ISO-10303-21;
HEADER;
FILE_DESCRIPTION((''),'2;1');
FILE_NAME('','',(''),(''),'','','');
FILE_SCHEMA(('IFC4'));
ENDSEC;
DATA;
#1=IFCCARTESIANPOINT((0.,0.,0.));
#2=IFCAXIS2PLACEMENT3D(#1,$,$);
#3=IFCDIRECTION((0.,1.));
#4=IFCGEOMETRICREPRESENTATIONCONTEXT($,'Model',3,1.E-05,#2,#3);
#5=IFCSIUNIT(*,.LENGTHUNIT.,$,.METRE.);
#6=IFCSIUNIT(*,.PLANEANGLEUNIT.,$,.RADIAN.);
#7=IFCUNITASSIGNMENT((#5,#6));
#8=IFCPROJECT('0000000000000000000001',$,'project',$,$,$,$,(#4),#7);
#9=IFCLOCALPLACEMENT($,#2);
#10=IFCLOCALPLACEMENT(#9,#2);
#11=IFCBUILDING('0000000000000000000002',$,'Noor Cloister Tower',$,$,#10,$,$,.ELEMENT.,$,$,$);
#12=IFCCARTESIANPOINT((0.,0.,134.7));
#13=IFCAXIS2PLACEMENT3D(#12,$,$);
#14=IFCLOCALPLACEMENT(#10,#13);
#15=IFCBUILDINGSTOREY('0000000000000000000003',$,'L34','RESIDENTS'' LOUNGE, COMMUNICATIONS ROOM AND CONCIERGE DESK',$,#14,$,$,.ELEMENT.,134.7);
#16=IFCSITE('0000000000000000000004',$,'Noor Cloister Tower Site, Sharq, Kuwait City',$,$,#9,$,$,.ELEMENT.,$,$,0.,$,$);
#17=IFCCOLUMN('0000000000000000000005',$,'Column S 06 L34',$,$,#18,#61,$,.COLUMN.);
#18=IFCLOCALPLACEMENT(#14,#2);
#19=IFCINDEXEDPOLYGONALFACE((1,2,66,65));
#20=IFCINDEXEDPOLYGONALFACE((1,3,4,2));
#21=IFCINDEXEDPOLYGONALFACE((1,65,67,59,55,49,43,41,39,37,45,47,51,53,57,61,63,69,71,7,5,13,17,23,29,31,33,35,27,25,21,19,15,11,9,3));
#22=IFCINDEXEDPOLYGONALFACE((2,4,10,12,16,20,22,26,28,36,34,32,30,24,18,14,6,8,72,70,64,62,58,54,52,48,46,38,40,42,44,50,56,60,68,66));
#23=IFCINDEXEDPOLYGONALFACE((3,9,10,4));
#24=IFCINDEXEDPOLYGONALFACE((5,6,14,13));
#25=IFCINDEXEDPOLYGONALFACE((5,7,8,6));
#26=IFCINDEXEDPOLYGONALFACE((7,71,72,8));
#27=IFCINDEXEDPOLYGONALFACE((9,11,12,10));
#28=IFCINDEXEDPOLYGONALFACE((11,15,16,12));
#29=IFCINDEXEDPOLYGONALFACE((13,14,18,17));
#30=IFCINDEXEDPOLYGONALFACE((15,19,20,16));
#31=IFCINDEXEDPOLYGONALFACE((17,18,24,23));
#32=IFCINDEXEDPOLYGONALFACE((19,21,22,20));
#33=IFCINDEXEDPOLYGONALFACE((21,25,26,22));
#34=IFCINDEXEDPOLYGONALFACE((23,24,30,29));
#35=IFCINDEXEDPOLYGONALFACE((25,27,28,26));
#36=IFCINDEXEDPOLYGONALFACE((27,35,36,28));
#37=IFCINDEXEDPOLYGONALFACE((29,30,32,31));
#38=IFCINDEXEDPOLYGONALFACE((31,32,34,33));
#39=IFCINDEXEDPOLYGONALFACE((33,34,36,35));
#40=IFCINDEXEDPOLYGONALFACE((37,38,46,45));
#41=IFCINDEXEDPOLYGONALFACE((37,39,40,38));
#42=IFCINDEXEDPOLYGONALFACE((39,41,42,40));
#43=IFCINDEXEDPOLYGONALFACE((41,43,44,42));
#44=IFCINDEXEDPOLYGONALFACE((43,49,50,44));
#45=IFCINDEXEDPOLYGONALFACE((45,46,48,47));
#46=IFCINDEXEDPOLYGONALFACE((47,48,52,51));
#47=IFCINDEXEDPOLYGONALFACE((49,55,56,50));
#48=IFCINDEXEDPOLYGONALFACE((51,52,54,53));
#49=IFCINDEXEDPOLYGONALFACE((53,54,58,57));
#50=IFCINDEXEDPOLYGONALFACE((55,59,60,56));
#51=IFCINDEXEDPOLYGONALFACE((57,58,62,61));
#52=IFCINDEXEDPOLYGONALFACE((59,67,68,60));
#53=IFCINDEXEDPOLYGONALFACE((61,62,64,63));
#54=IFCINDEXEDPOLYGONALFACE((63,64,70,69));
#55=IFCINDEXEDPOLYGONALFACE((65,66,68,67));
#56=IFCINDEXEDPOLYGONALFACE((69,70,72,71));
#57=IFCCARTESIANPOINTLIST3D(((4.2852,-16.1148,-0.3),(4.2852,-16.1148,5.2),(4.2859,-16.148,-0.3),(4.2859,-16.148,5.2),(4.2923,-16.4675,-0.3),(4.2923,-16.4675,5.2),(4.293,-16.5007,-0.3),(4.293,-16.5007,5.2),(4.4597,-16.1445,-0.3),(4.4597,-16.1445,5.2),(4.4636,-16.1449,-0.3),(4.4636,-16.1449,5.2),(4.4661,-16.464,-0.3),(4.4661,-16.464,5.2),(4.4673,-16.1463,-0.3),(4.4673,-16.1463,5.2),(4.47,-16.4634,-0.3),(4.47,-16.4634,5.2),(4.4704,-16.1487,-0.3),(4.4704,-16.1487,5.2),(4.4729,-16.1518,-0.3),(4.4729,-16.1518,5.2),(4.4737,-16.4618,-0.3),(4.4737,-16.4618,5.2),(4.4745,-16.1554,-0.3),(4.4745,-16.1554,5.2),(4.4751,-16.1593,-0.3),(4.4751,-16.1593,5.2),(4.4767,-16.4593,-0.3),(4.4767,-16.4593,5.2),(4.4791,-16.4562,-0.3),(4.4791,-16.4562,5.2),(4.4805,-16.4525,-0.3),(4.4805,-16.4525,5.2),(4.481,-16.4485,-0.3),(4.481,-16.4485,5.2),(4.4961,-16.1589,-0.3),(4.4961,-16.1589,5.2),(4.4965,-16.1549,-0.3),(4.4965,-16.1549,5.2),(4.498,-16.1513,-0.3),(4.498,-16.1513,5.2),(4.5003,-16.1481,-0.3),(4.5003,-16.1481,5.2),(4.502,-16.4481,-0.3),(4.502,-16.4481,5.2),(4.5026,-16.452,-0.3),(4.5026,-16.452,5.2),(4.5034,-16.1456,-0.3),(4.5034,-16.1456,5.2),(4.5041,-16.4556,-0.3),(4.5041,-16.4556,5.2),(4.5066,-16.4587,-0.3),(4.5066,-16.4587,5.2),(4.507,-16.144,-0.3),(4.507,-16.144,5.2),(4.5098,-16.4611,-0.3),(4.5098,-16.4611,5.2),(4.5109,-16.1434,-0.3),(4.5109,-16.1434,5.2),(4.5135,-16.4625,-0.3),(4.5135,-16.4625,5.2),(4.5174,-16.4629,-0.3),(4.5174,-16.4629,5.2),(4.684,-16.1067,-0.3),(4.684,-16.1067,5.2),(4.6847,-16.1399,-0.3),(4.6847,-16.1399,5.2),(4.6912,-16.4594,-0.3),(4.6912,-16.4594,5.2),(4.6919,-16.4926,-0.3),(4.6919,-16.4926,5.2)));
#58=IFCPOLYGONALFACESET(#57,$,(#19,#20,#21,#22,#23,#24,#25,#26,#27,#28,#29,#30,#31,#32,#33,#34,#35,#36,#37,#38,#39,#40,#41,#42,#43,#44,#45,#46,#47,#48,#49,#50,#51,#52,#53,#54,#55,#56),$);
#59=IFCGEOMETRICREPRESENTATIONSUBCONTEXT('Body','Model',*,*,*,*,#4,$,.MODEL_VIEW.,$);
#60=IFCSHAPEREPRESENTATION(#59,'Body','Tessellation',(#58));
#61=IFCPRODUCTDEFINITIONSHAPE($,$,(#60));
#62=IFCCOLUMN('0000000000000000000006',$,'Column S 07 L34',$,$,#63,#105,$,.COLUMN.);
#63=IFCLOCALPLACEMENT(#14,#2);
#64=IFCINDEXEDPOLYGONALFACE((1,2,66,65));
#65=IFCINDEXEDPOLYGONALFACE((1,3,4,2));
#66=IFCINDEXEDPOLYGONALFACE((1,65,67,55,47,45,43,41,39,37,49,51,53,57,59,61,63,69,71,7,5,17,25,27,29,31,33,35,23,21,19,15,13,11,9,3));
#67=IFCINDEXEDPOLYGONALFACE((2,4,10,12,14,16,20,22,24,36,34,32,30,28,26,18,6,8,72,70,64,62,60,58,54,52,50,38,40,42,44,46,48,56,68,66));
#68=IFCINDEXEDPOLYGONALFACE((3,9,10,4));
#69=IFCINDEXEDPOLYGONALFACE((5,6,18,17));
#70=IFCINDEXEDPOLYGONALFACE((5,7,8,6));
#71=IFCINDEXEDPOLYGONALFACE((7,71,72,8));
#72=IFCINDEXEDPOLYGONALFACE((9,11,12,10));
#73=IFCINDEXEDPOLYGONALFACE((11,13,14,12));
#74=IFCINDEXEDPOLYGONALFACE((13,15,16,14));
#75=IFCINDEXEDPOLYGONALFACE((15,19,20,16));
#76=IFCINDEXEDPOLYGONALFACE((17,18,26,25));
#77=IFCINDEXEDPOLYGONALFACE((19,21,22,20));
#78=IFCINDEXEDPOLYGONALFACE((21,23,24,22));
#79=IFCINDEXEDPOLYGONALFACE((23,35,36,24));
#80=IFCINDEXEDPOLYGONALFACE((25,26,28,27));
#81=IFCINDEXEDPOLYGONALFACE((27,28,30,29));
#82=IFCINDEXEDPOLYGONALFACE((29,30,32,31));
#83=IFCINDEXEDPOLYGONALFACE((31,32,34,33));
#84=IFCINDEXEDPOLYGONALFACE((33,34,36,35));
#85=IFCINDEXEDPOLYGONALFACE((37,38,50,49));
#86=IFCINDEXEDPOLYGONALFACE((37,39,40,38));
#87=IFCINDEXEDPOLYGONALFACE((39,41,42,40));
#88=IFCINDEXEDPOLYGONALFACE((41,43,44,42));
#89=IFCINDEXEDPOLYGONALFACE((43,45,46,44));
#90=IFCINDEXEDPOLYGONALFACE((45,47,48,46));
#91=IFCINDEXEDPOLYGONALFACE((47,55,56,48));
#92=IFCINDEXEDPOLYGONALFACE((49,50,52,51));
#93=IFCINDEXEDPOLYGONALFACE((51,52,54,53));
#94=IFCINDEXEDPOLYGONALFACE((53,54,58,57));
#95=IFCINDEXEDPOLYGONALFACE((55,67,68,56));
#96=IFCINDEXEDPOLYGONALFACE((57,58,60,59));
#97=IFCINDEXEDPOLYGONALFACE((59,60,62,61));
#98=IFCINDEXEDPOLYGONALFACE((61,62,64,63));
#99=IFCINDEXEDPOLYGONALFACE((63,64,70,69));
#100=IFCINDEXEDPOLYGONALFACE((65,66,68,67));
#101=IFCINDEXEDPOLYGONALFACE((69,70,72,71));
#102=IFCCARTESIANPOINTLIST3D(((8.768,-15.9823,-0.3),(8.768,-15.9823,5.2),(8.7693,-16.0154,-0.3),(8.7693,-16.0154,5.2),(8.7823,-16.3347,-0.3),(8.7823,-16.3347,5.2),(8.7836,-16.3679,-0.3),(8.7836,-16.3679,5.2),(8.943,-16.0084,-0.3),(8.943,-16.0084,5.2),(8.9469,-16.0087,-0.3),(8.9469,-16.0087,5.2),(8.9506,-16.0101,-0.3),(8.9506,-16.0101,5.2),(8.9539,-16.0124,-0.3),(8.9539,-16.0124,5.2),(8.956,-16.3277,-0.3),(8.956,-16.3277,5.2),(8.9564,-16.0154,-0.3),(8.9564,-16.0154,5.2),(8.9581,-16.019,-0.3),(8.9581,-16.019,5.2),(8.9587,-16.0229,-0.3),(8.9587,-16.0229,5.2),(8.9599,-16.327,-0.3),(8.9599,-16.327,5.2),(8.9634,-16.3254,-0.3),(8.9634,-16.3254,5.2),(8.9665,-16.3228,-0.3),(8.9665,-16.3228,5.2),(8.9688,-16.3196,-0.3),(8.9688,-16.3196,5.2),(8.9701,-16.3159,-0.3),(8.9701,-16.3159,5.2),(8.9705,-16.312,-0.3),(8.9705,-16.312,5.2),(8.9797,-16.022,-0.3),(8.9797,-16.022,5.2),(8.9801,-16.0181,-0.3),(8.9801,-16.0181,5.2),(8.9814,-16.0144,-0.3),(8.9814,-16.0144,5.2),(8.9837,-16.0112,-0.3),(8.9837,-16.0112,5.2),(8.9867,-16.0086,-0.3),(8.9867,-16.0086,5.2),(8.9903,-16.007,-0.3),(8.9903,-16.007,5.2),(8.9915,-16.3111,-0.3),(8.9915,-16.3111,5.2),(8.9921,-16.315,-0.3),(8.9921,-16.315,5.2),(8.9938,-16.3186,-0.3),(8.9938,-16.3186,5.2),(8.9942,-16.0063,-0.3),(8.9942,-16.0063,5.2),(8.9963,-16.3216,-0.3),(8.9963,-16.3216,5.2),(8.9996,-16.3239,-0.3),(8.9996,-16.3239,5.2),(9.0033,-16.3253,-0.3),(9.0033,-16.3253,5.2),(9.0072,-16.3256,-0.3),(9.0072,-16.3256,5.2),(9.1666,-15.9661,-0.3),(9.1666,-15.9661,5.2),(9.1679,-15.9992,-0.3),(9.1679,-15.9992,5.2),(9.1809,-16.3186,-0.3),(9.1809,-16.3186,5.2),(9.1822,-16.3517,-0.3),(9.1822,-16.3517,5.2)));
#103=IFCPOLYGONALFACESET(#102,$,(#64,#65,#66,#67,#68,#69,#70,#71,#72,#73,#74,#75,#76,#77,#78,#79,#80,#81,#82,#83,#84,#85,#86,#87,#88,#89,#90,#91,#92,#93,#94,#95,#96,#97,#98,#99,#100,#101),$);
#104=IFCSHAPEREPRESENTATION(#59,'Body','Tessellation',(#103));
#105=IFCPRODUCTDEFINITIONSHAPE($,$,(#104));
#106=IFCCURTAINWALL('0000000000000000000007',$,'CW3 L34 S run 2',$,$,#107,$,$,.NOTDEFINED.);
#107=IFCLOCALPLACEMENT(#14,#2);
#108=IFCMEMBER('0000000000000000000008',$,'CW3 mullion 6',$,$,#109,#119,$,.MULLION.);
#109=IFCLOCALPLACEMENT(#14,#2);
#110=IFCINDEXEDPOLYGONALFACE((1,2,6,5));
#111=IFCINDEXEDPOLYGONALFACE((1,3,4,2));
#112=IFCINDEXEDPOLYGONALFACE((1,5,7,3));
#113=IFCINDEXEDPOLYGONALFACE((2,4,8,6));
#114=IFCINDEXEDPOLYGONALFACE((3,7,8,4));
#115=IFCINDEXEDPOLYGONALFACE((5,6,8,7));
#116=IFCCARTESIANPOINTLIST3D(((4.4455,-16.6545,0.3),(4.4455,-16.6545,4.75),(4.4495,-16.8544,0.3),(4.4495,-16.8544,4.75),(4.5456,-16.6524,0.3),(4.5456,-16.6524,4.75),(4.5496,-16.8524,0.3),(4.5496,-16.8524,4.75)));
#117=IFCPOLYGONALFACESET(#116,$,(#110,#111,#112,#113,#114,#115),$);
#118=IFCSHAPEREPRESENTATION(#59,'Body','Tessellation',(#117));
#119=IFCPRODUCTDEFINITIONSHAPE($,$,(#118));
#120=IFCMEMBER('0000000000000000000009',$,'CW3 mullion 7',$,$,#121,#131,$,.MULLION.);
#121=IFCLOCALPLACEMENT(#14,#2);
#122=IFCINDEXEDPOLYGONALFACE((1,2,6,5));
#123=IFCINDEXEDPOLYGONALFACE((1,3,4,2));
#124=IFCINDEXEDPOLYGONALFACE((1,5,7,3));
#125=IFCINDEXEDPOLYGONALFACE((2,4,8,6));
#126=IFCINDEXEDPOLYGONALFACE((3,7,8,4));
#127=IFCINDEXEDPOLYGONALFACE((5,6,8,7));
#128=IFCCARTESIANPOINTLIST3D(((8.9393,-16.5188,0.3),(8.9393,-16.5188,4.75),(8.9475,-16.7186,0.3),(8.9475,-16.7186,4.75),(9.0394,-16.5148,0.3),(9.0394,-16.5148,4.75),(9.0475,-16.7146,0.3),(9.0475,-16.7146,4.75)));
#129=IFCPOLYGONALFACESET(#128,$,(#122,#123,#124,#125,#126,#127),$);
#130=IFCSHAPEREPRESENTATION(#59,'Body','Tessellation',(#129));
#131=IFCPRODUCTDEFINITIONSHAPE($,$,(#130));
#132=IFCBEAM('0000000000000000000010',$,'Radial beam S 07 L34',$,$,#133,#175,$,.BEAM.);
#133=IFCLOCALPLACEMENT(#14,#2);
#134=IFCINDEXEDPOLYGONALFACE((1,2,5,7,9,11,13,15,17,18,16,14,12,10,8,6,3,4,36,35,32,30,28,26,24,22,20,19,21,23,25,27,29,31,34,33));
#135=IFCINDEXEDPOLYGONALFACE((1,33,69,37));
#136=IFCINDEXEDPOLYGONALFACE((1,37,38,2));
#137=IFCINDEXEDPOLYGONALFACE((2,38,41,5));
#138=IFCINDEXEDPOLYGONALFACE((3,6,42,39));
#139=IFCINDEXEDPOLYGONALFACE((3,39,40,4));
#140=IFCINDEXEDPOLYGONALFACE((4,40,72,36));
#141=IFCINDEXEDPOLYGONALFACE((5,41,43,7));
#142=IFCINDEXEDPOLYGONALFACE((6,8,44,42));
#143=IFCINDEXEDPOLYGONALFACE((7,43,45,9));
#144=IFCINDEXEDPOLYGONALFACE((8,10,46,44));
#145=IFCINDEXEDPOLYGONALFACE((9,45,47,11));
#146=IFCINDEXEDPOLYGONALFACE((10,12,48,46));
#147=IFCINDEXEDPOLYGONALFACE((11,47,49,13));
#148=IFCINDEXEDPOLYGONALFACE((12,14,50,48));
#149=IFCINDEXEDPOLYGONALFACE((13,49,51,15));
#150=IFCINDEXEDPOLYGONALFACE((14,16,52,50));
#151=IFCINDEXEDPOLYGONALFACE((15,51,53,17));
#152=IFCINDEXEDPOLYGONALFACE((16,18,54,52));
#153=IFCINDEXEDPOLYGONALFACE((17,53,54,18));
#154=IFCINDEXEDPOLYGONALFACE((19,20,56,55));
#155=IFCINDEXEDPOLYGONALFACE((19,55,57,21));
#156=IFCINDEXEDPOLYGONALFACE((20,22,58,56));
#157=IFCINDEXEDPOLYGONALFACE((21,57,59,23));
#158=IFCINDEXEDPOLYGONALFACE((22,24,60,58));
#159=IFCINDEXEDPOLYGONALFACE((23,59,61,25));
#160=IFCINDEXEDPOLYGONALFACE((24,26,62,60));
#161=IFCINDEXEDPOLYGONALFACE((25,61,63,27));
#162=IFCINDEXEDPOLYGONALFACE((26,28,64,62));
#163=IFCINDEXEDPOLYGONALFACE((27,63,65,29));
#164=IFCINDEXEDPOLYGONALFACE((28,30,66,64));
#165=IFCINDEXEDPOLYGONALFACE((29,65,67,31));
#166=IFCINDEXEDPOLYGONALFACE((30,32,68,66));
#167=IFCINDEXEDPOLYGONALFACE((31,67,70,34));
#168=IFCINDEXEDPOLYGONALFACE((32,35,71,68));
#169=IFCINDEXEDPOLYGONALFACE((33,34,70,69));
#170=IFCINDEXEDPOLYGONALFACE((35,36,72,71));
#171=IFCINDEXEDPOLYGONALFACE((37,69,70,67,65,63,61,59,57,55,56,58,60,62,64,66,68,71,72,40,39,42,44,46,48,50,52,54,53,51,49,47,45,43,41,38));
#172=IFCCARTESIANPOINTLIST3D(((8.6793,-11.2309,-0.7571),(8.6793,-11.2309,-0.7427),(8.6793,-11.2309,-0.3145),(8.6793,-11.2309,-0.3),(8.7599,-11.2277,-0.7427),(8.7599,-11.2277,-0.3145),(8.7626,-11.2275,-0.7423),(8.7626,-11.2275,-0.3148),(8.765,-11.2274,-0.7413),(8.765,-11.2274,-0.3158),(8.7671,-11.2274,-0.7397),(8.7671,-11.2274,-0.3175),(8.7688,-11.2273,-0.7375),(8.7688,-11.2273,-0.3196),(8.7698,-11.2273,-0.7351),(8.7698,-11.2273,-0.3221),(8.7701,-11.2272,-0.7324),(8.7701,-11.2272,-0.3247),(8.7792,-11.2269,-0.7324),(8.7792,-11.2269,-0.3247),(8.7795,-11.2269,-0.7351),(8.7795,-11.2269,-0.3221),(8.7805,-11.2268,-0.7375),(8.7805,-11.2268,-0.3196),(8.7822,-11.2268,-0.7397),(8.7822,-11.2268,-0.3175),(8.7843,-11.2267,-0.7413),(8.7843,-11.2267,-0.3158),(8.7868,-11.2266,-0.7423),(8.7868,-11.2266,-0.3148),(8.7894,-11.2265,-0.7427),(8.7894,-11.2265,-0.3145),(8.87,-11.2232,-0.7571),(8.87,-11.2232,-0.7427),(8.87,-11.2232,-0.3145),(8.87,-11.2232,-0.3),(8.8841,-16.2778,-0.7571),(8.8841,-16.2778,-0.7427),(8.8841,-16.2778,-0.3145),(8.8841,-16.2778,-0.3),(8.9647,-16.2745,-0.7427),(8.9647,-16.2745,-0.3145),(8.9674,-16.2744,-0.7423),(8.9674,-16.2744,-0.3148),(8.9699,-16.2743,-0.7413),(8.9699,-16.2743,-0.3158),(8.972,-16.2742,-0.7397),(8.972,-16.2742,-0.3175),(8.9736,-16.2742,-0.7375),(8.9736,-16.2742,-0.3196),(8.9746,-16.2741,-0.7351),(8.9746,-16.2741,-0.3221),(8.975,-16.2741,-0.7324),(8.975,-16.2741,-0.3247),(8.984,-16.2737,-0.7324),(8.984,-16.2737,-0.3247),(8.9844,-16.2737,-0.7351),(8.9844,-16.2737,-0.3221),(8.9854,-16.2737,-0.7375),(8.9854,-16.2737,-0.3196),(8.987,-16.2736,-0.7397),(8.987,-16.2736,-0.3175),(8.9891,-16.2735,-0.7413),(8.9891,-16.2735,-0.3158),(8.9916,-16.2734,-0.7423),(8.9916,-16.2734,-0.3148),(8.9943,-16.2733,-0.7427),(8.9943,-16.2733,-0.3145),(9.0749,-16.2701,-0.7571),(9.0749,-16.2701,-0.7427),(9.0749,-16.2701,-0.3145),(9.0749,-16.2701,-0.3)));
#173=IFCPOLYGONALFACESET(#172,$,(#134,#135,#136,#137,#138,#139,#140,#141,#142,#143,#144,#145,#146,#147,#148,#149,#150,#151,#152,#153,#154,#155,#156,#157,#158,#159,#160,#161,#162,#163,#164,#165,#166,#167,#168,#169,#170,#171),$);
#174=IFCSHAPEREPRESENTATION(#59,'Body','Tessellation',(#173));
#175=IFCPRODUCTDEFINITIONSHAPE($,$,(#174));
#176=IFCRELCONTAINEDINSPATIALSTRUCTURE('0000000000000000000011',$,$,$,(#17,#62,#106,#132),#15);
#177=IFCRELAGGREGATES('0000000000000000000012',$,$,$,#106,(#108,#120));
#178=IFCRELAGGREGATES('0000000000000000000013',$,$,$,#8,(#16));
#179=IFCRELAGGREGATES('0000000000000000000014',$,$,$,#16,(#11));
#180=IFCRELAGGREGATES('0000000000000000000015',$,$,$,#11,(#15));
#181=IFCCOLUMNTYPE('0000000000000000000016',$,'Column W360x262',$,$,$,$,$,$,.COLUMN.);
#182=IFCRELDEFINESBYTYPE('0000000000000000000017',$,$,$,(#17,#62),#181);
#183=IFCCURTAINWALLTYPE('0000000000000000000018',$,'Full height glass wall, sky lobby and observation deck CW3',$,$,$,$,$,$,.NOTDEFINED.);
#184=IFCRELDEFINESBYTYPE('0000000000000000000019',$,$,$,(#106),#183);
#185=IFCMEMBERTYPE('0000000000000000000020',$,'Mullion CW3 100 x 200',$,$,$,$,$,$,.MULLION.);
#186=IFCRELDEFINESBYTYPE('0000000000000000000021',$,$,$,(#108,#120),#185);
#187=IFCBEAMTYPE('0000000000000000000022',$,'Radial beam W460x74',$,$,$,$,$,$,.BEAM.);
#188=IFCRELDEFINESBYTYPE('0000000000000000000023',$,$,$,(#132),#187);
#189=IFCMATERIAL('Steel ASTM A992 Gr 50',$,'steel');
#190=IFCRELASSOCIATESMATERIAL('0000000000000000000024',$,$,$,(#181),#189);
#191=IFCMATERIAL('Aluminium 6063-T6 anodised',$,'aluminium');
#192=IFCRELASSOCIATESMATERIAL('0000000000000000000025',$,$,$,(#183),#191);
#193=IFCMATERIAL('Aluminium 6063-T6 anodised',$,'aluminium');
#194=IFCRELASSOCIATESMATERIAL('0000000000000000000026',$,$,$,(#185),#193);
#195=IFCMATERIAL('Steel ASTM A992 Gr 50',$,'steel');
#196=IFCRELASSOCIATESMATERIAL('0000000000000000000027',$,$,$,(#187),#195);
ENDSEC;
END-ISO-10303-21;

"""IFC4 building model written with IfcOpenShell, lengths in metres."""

from ifc_helpers import new_model, si_unit, direction, frame, origin, origin_2d, place, context, subcontext, project, spatial, rectangle, i_section, extrude, material, material_profile, profile_set, type_object, element, aggregate, save


model = new_model("IFC4")

# Units and contexts
model_context = context("Model", 3, precision=1e-05, world=origin(), true_north=direction((0.0, 1.0)))
body_context = subcontext(model_context, "Body", "Model", "MODEL_VIEW")
ifc_project = project(units=[si_unit("LENGTHUNIT", "METRE"), si_unit("PLANEANGLEUNIT", "RADIAN")], contexts=[model_context])

# Site, building, storey
site_placement = place(None, origin())
site = spatial("IfcSite", under=ifc_project, at=site_placement, Name="Noor Cloister Tower Site, Sharq, Kuwait City", CompositionType="ELEMENT", RefElevation=0.0)
building_placement = place(site_placement, origin())
building = spatial("IfcBuilding", under=site, at=building_placement, Name="Noor Cloister Tower", CompositionType="ELEMENT")
storey_placement = place(building_placement, frame((0.0, 0.0, 134.7)))
storey = spatial("IfcBuildingStorey", under=building, at=storey_placement, Name="L34", Description="RESIDENTS' LOUNGE, COMMUNICATIONS ROOM AND CONCIERGE DESK", CompositionType="ELEMENT", Elevation=134.7)

# Columns
ifc_material_1 = material(Name="Steel ASTM A992 Gr 50", Category="steel")
ifc_material_profile_1 = material_profile(ifc_material_1, i_section(OverallWidth=0.3989, OverallDepth=0.386, WebThickness=0.021, FlangeThickness=0.0332, FilletRadius=0.0151, at=origin_2d()), Name="W360x262")
ifc_profile_set_1 = profile_set([ifc_material_profile_1], Name="Steel ASTM A992 Gr 50")
column_type = type_object("IfcColumnType", Name="Column W360x262", PredefinedType="COLUMN", material=ifc_profile_set_1)
for number, where, z_axis, x_axis, name in (
    (1, (4.4885, -16.3037, -0.3), (0.0, 0.0, 1.0), (0.999794, 0.020293, 0.0), "Column S 06 L34"),
    (2, (8.9751, -16.167, -0.3), (0.0, 0.0, 1.0), (0.999176, 0.040578, 0.0), "Column S 07 L34"),
):
    element("IfcColumn", number, at=place(storey_placement, frame(where, z_axis=z_axis, x_axis=x_axis)), inside=storey, type_object=column_type, Name=name, PredefinedType="COLUMN", context=body_context, shape_type="SweptSolid", body=[
        extrude(i_section(OverallWidth=0.3989, OverallDepth=0.386, WebThickness=0.021, FlangeThickness=0.0332, FilletRadius=0.0151, at=origin_2d()), origin(), (0.0, 0.0, 1.0), 5.5),
    ])

# Curtain wall, members
ifc_material_2 = material(Name="Aluminium 6063-T6 anodised", Category="aluminium")
curtain_wall_type = type_object("IfcCurtainWallType", Name="Full height glass wall, sky lobby and observation deck CW3", PredefinedType="NOTDEFINED", material=ifc_material_2)
curtain_wall_placement = place(storey_placement, origin())
curtain_wall = element("IfcCurtainWall", 3, at=curtain_wall_placement, inside=storey, type_object=curtain_wall_type, Name="CW3 L34 S run 2", PredefinedType="NOTDEFINED")
ifc_material_3 = material(Name="Aluminium 6063-T6 anodised", Category="aluminium")
ifc_material_profile_2 = material_profile(ifc_material_3, rectangle(XDim=0.2, YDim=0.1001, at=origin_2d()), Name="200 x 100 mullion")
ifc_profile_set_2 = profile_set([ifc_material_profile_2], Name="Aluminium 6063-T6 anodised")
member_type = type_object("IfcMemberType", Name="Mullion CW3 100 x 200", PredefinedType="MULLION", material=ifc_profile_set_2)
member_1_placement = place(storey_placement, frame((4.4976, -16.7534, 0.3), z_axis=(0.0, 0.0, 1.0), x_axis=(-0.020293, 0.999794, 0.0)))
member_1 = element("IfcMember", 4, at=member_1_placement, type_object=member_type, Name="CW3 mullion 6", PredefinedType="MULLION", context=body_context, shape_type="SweptSolid", body=[
    extrude(rectangle(XDim=0.2, YDim=0.1001, at=origin_2d()), origin(), (0.0, 0.0, 1.0), 4.45),
])
member_2_placement = place(storey_placement, frame((8.9934, -16.6167, 0.3), z_axis=(0.0, 0.0, 1.0), x_axis=(-0.040578, 0.999176, 0.0)))
member_2 = element("IfcMember", 5, at=member_2_placement, type_object=member_type, Name="CW3 mullion 7", PredefinedType="MULLION", context=body_context, shape_type="SweptSolid", body=[
    extrude(rectangle(XDim=0.2, YDim=0.1001, at=origin_2d()), origin(), (0.0, 0.0, 1.0), 4.45),
])

# Beam
ifc_material_4 = material(Name="Steel ASTM A992 Gr 50", Category="steel")
ifc_material_profile_3 = material_profile(ifc_material_4, i_section(OverallWidth=0.1909, OverallDepth=0.457, WebThickness=0.009, FlangeThickness=0.0144, FilletRadius=0.0103, at=origin_2d()), Name="W460x74")
ifc_profile_set_3 = profile_set([ifc_material_profile_3], Name="Steel ASTM A992 Gr 50")
beam_type_1 = type_object("IfcBeamType", Name="Radial beam W460x74", PredefinedType="BEAM", material=ifc_profile_set_3)
beam_1_placement = place(storey_placement, frame((8.9795, -16.2739, -0.5286), z_axis=(-0.040553, 0.999177, 0.0), x_axis=(-0.999177, -0.040553, 0.0)))
element("IfcBeam", 6, at=beam_1_placement, inside=storey, type_object=beam_type_1, Name="Radial beam S 07 L34", PredefinedType="BEAM", context=body_context, shape_type="SweptSolid", body=[
    extrude(i_section(OverallWidth=0.1909, OverallDepth=0.457, WebThickness=0.009, FlangeThickness=0.0144, FilletRadius=0.0103, at=origin_2d()), origin(), (0.0, 0.0, 1.0), 5.051),
])

aggregate(curtain_wall, [member_1, member_2])

save(model, "model.ifc")
